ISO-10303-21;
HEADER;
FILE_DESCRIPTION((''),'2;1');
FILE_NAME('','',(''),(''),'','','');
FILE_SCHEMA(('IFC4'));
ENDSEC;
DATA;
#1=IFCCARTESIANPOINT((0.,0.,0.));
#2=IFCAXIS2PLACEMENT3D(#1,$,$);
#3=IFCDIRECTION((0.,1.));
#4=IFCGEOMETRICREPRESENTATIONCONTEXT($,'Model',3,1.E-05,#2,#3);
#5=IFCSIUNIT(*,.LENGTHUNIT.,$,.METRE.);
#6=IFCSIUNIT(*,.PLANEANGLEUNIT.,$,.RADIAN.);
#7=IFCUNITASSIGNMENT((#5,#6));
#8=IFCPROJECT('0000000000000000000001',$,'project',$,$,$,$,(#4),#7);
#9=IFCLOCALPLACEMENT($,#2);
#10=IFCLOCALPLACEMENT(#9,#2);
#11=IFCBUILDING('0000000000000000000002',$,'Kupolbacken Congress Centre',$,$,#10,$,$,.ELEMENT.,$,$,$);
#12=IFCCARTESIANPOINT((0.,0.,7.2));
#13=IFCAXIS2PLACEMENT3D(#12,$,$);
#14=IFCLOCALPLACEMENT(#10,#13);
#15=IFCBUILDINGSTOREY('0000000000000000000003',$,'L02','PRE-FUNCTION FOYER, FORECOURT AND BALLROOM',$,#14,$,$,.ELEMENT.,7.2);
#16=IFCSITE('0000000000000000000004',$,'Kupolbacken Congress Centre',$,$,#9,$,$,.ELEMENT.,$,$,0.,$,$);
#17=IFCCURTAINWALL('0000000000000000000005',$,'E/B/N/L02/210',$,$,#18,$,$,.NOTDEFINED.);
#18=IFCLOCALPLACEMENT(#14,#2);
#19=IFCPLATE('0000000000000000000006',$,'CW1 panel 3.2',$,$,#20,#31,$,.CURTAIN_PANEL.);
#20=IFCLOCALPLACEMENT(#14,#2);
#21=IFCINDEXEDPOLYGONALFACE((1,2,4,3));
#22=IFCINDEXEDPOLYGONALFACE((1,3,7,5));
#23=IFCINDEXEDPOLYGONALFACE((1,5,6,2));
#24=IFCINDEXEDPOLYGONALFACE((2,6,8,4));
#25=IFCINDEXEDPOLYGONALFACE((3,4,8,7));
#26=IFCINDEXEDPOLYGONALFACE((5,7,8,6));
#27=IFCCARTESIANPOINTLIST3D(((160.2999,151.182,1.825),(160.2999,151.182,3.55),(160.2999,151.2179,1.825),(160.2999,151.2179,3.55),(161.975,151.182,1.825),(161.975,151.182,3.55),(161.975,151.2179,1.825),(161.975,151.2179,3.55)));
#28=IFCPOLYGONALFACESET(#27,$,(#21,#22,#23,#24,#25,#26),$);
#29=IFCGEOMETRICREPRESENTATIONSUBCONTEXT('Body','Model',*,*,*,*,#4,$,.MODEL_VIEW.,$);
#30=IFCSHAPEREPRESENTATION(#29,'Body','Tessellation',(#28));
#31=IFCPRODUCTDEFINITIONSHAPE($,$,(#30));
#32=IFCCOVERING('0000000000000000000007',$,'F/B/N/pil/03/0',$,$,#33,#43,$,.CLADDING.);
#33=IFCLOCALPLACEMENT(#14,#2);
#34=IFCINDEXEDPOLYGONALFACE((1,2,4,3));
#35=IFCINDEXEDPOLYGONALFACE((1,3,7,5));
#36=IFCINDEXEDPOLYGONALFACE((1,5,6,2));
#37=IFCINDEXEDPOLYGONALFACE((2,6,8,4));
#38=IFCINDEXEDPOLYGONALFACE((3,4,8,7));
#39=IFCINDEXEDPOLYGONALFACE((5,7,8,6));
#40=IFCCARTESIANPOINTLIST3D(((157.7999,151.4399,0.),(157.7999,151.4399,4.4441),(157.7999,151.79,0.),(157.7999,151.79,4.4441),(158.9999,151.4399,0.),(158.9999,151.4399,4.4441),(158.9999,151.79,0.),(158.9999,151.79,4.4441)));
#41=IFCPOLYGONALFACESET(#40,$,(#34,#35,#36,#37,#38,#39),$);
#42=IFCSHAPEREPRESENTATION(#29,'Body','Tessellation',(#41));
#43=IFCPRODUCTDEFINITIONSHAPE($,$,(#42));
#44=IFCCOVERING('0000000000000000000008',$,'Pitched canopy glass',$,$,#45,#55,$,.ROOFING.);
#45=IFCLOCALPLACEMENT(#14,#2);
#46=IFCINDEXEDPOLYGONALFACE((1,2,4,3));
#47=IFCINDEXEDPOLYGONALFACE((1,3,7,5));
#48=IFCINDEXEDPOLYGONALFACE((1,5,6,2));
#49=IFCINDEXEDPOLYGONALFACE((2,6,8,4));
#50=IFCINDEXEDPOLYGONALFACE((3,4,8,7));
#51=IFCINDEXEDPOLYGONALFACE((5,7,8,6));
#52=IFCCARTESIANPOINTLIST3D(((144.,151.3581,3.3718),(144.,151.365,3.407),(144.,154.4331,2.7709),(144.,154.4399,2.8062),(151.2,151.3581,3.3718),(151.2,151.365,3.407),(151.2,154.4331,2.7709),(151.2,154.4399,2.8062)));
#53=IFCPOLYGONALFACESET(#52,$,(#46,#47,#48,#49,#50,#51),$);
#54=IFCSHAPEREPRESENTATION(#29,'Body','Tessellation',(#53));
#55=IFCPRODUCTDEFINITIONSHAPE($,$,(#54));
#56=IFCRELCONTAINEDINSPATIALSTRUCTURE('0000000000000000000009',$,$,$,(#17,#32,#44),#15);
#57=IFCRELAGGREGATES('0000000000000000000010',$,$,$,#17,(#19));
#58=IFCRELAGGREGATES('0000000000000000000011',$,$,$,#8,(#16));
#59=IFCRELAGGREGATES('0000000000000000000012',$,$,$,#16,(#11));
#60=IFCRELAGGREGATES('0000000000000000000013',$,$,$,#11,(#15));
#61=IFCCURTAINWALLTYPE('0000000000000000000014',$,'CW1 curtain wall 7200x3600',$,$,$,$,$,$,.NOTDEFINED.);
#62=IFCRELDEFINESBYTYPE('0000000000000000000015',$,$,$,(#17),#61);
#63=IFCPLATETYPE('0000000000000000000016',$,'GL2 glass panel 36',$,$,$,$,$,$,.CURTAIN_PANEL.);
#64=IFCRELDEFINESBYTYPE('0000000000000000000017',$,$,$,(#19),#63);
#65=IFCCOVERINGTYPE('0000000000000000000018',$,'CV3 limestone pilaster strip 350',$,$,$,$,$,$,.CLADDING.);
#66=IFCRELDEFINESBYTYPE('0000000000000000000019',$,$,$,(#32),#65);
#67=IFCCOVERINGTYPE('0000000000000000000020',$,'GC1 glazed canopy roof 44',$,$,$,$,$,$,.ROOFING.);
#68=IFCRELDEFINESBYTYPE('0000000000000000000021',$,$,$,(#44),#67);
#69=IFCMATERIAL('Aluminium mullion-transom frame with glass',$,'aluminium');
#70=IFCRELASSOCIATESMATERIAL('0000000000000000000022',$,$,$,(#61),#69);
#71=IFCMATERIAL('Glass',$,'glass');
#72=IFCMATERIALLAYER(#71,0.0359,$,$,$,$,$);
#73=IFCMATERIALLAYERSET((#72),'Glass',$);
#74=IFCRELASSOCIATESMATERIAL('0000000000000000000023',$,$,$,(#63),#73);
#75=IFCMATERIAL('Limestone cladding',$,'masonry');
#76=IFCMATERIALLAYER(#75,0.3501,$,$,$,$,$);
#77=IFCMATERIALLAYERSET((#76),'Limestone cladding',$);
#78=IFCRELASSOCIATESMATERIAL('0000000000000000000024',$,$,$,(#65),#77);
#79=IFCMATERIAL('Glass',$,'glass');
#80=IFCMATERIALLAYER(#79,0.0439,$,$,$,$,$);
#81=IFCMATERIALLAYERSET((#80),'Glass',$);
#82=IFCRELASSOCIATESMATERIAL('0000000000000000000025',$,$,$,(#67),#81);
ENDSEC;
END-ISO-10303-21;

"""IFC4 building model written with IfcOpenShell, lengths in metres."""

from ifc_helpers import new_model, si_unit, direction, frame, origin, origin_2d, place, context, subcontext, project, spatial, polyline, rectangle, outline, extrude, material, layer, layer_set, type_object, element, aggregate, save


model = new_model("IFC4")

# Units and contexts
model_context = context("Model", 3, precision=1e-05, world=origin(), true_north=direction((0.0, 1.0)))
body_context = subcontext(model_context, "Body", "Model", "MODEL_VIEW")
ifc_project = project(units=[si_unit("LENGTHUNIT", "METRE"), si_unit("PLANEANGLEUNIT", "RADIAN")], contexts=[model_context])

# Site, building, storey
site_placement = place(None, origin())
site = spatial("IfcSite", under=ifc_project, at=site_placement, Name="Kupolbacken Congress Centre", CompositionType="ELEMENT", RefElevation=0.0)
building_placement = place(site_placement, origin())
building = spatial("IfcBuilding", under=site, at=building_placement, Name="Kupolbacken Congress Centre", CompositionType="ELEMENT")
storey_placement = place(building_placement, frame((0.0, 0.0, 7.2)))
storey = spatial("IfcBuildingStorey", under=building, at=storey_placement, Name="L02", Description="PRE-FUNCTION FOYER, FORECOURT AND BALLROOM", CompositionType="ELEMENT", Elevation=7.2)

# Curtain wall, plate
ifc_material_1 = material(Name="Aluminium mullion-transom frame with glass", Category="aluminium")
curtain_wall_type = type_object("IfcCurtainWallType", Name="CW1 curtain wall 7200x3600", PredefinedType="NOTDEFINED", material=ifc_material_1)
curtain_wall_placement = place(storey_placement, origin())
curtain_wall = element("IfcCurtainWall", 1, at=curtain_wall_placement, inside=storey, type_object=curtain_wall_type, Name="E/B/N/L02/210", PredefinedType="NOTDEFINED")
ifc_material_2 = material(Name="Glass", Category="glass")
ifc_layer_1 = layer(ifc_material_2, 0.0359)
ifc_layer_set_1 = layer_set([ifc_layer_1], Name="Glass")
plate_type = type_object("IfcPlateType", Name="GL2 glass panel 36", PredefinedType="CURTAIN_PANEL", material=ifc_layer_set_1)
plate_1_placement = place(storey_placement, frame((161.1375, 151.2, 1.825), z_axis=(0.0, 0.0, 1.0), x_axis=(-1.0, 0.0, 0.0)))
plate_1 = element("IfcPlate", 2, at=plate_1_placement, type_object=plate_type, Name="CW1 panel 3.2", PredefinedType="CURTAIN_PANEL", context=body_context, shape_type="SweptSolid", body=[
    extrude(rectangle(XDim=1.675, YDim=0.0359, at=origin_2d()), origin(), (0.0, 0.0, 1.0), 1.7251),
])
aggregate(curtain_wall, [plate_1])

# Coverings
ifc_material_3 = material(Name="Limestone cladding", Category="masonry")
ifc_layer_2 = layer(ifc_material_3, 0.3501)
ifc_layer_set_2 = layer_set([ifc_layer_2], Name="Limestone cladding")
covering_type_1 = type_object("IfcCoveringType", Name="CV3 limestone pilaster strip 350", PredefinedType="CLADDING", material=ifc_layer_set_2)
covering_1_placement = place(storey_placement, frame((158.3999, 151.615, 0.0), z_axis=(0.0, 0.0, 1.0), x_axis=(1.0, 0.0, 0.0)))
element("IfcCovering", 3, at=covering_1_placement, inside=storey, type_object=covering_type_1, Name="F/B/N/pil/03/0", PredefinedType="CLADDING", context=body_context, shape_type="SweptSolid", body=[
    extrude(rectangle(XDim=1.2, YDim=0.3501, at=origin_2d()), origin(), (0.0, 0.0, 1.0), 4.4441),
])
ifc_material_4 = material(Name="Glass", Category="glass")
ifc_layer_3 = layer(ifc_material_4, 0.0439)
ifc_layer_set_3 = layer_set([ifc_layer_3], Name="Glass")
covering_type_2 = type_object("IfcCoveringType", Name="GC1 glazed canopy roof 44", PredefinedType="ROOFING", material=ifc_layer_set_3)
covering_2_placement = place(storey_placement, frame((151.2, 151.365, 3.407), z_axis=(0.0, 0.191769, 0.98144), x_axis=(0.0, 0.98144, -0.191769)))
element("IfcCovering", 4, at=covering_2_placement, inside=storey, type_object=covering_type_2, Name="Pitched canopy glass", PredefinedType="ROOFING", context=body_context, shape_type="SweptSolid", body=[
    extrude(outline(polyline([(0.0, 0.0), (3.1331, 0.0), (3.1331, 7.2), (0.0, 7.2), (0.0, 0.0)])), origin(), (0.0, 0.0, -1.0), 0.0359),
])

save(model, "model.ifc")
